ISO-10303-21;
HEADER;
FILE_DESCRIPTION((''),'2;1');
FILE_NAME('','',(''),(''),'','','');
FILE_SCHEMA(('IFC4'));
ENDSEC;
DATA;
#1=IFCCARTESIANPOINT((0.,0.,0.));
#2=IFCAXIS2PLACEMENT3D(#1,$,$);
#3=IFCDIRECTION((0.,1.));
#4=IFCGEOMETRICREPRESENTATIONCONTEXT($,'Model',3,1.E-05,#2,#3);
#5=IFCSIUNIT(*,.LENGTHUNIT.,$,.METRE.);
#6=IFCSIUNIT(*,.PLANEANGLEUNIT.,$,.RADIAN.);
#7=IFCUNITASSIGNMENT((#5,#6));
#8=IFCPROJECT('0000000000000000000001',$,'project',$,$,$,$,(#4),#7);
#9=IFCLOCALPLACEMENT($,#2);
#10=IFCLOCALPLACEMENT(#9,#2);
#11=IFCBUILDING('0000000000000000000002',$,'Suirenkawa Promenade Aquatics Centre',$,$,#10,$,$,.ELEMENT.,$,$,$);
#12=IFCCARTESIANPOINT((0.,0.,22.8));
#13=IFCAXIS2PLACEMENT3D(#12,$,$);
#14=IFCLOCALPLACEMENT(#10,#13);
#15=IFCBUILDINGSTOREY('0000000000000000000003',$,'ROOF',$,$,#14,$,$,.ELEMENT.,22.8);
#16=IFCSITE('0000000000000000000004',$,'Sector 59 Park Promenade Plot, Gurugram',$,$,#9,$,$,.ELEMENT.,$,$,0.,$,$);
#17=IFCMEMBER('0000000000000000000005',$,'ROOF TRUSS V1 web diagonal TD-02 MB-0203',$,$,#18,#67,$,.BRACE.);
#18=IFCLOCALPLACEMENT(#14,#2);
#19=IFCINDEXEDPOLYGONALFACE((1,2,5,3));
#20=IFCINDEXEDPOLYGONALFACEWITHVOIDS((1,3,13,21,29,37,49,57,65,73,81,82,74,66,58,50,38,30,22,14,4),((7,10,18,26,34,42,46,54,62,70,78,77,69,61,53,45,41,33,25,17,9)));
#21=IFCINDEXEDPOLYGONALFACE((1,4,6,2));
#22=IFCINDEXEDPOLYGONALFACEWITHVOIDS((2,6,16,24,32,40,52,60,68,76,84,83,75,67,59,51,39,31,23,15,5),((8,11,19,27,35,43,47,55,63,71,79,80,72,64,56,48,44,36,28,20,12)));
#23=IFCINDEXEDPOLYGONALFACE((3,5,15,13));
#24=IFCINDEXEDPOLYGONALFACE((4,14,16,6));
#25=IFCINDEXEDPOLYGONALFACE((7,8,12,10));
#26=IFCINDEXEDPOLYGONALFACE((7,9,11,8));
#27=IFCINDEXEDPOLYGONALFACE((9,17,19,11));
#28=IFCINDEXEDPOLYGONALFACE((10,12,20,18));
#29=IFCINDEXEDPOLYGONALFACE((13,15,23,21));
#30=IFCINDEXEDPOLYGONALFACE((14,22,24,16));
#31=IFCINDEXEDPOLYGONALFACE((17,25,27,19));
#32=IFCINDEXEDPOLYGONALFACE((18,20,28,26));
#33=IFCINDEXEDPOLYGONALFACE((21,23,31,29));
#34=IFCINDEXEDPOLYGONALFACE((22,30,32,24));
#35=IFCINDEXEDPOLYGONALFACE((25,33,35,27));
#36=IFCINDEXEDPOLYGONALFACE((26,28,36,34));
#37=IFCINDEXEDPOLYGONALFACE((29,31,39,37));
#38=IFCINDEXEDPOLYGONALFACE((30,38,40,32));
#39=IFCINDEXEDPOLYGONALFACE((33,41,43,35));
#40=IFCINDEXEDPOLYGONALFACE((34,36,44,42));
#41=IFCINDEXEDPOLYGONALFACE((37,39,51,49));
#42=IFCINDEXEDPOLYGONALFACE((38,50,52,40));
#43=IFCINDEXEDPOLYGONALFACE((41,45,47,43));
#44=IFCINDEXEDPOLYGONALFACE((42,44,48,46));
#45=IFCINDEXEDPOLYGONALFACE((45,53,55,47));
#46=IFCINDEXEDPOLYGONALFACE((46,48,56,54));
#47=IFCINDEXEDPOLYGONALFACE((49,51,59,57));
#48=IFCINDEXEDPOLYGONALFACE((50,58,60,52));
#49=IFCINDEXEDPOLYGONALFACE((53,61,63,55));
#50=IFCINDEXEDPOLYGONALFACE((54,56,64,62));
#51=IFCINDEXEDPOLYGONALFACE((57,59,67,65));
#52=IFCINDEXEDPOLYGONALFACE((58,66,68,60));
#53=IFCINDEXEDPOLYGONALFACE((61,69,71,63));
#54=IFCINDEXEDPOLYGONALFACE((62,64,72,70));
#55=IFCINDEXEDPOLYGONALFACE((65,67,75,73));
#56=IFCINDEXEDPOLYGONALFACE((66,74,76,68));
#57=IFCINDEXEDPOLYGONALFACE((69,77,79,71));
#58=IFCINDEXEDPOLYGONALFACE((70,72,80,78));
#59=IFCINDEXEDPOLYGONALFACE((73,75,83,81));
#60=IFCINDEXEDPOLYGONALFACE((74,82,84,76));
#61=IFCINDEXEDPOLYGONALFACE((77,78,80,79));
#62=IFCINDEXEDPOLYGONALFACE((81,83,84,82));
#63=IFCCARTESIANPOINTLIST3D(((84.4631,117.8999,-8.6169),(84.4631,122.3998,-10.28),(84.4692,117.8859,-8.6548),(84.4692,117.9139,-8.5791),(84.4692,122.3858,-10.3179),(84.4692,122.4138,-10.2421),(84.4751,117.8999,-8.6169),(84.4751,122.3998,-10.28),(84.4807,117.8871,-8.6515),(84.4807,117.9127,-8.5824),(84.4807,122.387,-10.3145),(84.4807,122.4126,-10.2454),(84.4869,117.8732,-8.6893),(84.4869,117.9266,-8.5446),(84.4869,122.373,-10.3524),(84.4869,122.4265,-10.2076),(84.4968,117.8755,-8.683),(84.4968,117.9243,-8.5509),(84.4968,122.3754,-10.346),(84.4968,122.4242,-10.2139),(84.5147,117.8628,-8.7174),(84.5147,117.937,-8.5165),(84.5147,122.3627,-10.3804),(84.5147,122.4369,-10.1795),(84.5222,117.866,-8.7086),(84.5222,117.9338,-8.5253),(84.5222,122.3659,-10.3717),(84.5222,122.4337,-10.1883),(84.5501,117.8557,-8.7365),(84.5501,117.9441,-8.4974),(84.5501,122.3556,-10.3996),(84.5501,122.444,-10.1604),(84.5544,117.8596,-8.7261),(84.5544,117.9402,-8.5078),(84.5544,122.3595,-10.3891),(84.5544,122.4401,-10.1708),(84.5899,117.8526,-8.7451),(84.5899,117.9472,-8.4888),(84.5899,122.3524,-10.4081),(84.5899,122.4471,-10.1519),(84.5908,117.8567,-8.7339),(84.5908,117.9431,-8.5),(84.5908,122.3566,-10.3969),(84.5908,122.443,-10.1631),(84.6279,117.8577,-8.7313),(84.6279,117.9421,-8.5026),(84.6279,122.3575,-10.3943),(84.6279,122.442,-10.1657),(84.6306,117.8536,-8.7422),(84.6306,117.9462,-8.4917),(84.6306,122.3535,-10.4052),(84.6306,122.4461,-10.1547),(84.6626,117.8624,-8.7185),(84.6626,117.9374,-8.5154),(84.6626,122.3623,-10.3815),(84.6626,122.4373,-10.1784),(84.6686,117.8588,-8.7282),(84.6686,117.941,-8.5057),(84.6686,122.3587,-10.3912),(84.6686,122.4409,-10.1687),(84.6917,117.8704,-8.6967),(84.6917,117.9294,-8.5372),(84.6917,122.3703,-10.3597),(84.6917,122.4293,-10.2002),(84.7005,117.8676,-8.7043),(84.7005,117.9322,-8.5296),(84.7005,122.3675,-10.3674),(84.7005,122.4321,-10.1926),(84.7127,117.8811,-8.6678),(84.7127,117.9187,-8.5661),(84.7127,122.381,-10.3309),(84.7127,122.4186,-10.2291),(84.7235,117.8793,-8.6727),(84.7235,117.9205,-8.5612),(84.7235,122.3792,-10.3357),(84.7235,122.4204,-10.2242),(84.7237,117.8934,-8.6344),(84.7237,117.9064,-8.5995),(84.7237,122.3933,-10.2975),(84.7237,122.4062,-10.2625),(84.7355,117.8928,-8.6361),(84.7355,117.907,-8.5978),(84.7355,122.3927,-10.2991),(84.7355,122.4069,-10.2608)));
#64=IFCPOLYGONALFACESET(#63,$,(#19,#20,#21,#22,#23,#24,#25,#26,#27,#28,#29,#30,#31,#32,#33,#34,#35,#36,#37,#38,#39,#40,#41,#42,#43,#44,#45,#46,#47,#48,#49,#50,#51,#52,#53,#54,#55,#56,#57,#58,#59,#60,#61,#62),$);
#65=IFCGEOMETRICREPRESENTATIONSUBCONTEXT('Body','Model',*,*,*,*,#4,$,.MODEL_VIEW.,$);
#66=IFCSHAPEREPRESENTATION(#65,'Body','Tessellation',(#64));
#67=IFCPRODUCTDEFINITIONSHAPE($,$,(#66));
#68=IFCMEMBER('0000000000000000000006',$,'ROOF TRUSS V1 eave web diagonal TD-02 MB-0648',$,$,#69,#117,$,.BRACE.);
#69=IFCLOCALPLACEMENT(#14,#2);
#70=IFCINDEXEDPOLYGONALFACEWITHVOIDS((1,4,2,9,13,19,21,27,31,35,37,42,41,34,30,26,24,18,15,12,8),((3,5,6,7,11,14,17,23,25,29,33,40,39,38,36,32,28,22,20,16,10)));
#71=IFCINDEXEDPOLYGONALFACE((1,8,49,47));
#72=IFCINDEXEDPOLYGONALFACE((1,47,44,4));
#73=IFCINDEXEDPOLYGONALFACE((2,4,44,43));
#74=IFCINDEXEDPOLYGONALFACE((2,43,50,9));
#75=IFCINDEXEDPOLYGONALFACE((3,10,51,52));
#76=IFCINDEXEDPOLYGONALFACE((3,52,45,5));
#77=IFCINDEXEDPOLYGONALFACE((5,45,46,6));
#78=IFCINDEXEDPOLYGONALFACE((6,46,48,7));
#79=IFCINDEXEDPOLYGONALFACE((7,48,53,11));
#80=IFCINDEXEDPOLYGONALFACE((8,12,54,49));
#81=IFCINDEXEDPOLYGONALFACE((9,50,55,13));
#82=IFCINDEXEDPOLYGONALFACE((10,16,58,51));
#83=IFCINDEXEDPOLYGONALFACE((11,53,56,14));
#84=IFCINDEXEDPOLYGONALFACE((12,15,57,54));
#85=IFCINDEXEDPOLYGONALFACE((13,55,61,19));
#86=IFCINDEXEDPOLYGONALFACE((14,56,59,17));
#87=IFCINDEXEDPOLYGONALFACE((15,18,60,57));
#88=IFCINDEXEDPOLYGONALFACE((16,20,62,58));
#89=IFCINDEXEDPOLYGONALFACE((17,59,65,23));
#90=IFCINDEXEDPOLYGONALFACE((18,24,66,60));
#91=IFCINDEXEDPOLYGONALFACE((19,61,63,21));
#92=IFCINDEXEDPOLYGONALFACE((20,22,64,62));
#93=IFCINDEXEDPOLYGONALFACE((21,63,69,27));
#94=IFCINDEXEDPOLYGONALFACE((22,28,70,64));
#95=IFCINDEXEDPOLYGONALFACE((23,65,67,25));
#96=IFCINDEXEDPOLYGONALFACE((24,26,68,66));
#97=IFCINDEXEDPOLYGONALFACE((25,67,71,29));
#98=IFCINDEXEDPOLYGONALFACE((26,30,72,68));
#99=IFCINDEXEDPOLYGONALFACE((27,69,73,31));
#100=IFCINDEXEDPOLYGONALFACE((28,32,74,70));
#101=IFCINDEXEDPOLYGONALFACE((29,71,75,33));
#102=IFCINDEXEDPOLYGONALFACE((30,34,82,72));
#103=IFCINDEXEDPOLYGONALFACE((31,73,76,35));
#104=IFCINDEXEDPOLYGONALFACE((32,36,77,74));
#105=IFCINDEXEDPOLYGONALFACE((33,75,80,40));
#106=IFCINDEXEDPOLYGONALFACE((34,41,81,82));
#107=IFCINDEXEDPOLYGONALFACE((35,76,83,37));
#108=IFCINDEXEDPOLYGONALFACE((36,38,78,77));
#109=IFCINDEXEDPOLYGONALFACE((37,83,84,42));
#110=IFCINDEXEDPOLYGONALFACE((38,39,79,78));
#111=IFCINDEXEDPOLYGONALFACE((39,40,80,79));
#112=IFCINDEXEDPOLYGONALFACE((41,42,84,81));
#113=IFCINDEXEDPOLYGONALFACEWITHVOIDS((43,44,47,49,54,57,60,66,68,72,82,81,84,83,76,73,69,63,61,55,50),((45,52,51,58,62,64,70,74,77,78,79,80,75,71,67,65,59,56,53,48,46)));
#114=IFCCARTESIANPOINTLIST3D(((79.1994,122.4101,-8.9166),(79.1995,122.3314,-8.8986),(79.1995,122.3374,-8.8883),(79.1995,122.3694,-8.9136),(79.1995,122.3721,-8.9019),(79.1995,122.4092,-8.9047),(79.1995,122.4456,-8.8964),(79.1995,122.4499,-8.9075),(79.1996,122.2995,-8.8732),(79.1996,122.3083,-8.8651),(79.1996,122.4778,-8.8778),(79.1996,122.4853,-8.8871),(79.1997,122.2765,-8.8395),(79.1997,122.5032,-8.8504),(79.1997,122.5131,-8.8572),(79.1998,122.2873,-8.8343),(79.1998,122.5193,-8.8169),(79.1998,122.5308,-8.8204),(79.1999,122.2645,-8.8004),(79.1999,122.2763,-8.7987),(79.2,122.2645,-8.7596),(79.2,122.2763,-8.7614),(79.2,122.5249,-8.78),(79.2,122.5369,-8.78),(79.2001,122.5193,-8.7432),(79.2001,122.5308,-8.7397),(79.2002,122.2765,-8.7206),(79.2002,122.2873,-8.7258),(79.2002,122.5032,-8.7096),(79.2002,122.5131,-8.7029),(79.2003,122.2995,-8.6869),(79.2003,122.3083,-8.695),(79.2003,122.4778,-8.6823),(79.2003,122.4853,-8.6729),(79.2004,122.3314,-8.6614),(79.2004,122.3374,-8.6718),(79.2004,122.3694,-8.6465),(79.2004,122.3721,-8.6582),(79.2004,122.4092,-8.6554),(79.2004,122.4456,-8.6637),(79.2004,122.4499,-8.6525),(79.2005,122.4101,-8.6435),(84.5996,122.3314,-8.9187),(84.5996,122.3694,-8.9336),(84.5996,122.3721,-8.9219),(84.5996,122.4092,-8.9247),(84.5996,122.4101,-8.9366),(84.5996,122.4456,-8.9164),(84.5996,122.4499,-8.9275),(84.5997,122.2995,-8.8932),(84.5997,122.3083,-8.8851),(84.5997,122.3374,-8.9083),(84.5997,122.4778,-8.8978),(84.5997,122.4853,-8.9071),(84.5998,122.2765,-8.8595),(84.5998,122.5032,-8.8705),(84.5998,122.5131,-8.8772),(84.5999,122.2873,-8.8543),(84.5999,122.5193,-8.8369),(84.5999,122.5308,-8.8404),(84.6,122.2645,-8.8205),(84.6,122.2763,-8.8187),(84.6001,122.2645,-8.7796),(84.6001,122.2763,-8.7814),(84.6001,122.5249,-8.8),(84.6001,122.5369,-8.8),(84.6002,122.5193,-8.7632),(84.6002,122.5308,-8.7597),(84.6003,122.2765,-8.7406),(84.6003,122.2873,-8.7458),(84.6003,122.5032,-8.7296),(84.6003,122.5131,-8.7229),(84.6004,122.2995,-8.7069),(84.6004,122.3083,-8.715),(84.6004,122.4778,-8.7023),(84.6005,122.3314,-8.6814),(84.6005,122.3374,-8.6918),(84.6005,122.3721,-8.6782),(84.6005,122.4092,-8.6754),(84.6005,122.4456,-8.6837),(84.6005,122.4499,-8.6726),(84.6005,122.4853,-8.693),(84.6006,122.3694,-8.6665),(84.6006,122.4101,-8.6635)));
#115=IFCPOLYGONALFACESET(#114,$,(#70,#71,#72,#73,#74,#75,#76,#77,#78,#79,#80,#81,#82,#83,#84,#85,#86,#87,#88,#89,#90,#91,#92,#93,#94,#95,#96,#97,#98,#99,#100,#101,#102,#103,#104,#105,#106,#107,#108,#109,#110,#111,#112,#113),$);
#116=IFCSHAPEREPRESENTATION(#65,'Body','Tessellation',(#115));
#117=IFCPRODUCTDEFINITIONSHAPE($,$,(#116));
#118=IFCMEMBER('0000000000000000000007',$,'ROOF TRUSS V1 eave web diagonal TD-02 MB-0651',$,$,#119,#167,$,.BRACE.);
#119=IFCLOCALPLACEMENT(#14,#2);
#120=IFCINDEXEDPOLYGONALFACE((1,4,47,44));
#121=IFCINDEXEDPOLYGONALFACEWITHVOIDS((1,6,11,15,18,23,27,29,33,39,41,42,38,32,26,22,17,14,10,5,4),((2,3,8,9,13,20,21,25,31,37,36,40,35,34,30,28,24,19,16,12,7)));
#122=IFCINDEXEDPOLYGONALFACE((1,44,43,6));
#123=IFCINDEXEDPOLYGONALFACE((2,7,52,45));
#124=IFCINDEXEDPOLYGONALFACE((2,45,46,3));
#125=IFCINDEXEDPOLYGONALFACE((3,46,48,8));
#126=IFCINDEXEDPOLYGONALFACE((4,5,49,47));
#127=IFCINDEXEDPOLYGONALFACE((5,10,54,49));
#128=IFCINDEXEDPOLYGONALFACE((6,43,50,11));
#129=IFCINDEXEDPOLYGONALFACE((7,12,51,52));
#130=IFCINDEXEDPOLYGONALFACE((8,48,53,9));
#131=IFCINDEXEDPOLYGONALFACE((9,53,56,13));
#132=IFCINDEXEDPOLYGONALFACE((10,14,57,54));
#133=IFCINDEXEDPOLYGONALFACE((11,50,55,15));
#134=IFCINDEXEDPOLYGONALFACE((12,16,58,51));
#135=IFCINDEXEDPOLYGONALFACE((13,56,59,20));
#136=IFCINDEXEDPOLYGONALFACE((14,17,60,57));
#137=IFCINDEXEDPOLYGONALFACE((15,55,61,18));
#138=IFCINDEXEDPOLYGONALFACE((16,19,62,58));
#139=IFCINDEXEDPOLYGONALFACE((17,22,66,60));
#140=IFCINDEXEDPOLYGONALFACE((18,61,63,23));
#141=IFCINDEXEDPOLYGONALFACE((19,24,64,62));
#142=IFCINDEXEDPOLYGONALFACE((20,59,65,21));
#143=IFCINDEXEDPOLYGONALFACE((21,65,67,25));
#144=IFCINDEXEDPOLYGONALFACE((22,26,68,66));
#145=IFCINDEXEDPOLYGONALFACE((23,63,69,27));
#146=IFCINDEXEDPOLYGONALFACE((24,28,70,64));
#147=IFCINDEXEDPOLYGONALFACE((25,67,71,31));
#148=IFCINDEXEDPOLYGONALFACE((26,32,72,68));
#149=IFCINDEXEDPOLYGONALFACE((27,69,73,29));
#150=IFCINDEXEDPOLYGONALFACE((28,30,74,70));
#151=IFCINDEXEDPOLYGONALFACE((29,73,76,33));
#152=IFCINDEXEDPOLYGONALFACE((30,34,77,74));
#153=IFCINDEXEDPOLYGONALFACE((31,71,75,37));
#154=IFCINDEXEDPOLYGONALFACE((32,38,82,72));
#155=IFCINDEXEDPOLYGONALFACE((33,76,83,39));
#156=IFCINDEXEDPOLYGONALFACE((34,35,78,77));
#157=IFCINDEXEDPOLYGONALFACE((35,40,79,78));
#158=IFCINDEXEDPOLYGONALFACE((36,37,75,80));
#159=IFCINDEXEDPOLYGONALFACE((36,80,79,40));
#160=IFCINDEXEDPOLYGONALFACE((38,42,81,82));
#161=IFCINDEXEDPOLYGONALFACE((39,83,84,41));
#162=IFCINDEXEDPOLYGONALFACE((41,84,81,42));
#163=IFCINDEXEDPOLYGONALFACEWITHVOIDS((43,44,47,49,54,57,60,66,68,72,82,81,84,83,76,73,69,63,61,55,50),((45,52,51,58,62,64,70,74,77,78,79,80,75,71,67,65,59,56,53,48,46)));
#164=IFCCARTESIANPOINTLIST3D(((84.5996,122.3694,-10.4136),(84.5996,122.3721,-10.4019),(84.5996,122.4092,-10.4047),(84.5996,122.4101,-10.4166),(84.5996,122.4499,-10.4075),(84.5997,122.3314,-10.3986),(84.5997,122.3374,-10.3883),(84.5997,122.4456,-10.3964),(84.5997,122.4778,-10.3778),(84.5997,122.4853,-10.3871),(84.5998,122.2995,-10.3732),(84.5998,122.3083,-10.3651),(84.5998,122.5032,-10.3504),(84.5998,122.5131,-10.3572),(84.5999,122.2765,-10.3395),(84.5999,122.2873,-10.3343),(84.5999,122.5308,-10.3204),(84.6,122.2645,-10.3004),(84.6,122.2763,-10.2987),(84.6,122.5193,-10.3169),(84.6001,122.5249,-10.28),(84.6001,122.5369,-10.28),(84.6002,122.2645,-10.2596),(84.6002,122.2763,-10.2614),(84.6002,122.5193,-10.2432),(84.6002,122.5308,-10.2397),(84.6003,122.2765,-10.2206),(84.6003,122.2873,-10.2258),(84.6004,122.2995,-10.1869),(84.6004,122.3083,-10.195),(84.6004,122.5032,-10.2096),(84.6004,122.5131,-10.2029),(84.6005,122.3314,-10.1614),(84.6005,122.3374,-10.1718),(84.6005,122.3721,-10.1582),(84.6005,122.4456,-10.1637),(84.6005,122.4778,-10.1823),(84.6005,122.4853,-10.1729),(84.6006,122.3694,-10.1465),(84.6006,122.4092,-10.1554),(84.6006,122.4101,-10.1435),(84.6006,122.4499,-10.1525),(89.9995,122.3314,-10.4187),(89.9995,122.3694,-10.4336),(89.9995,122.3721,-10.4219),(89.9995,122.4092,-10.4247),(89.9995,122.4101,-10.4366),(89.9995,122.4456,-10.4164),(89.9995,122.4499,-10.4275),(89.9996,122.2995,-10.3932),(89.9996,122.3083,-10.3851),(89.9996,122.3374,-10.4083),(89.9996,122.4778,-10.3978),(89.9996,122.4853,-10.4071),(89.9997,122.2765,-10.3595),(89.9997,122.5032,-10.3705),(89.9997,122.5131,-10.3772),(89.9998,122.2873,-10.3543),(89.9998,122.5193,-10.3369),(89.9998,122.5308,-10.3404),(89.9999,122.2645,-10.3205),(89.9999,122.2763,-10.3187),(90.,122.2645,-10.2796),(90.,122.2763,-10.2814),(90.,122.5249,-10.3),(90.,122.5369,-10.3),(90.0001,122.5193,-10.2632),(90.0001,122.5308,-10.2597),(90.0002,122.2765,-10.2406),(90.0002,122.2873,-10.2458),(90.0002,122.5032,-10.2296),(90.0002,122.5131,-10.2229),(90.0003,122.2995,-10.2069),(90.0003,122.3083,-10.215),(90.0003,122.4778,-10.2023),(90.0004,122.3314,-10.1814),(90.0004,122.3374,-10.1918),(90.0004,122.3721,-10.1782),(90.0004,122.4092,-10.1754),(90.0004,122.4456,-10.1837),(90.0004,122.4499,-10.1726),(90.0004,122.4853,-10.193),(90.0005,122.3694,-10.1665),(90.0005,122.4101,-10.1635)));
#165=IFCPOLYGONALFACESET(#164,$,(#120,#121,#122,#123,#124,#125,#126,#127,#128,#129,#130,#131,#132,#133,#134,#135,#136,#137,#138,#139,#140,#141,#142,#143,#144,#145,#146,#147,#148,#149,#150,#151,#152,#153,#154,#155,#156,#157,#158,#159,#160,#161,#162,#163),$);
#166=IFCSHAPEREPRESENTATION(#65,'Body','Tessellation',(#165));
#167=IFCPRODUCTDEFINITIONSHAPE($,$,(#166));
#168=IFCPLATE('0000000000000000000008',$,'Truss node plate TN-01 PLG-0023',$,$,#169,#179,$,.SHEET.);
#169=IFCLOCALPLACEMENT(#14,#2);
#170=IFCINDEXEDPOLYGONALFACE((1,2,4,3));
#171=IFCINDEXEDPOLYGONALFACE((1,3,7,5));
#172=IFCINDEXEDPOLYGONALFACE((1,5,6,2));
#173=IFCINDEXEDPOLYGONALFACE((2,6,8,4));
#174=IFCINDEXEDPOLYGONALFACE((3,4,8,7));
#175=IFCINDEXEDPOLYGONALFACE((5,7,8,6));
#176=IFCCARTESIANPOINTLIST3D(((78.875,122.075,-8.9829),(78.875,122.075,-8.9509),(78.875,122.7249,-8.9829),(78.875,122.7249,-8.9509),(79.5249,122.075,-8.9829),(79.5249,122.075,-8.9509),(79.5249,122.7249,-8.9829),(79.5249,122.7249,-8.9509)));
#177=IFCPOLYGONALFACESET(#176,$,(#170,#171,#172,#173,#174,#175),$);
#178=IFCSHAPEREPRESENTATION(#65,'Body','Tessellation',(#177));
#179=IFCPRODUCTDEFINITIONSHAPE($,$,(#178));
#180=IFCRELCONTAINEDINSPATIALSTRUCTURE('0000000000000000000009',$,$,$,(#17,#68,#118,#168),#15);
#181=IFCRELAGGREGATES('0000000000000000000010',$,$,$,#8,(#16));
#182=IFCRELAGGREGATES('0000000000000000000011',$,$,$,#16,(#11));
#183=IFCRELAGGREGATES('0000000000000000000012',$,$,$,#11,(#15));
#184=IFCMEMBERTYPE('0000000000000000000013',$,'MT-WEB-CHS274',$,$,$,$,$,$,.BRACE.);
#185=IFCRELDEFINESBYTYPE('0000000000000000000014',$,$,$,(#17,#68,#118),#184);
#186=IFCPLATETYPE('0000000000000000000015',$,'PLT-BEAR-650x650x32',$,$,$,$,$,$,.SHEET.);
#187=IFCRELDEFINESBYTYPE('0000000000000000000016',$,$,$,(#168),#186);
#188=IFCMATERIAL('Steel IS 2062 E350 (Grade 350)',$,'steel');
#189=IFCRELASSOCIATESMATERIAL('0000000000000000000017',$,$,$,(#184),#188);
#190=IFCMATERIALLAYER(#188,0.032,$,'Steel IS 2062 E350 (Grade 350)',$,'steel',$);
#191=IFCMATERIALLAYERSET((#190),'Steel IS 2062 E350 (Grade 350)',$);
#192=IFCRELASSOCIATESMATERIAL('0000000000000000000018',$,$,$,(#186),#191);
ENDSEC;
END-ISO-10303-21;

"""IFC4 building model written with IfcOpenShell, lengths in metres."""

from ifc_helpers import new_model, si_unit, direction, frame, origin, origin_2d, place, context, subcontext, project, spatial, rectangle, hollow_circle, extrude, material, layer, layer_set, material_profile, profile_set, type_object, element, save


model = new_model("IFC4")

# Units and contexts
model_context = context("Model", 3, precision=1e-05, world=origin(), true_north=direction((0.0, 1.0)))
body_context = subcontext(model_context, "Body", "Model", "MODEL_VIEW")
ifc_project = project(units=[si_unit("LENGTHUNIT", "METRE"), si_unit("PLANEANGLEUNIT", "RADIAN")], contexts=[model_context])

# Site, building, storey
site_placement = place(None, origin())
site = spatial("IfcSite", under=ifc_project, at=site_placement, Name="Sector 59 Park Promenade Plot, Gurugram", CompositionType="ELEMENT", RefElevation=0.0)
building_placement = place(site_placement, origin())
building = spatial("IfcBuilding", under=site, at=building_placement, Name="Suirenkawa Promenade Aquatics Centre", CompositionType="ELEMENT")
storey_placement = place(building_placement, frame((0.0, 0.0, 22.8)))
storey = spatial("IfcBuildingStorey", under=building, at=storey_placement, Name="ROOF", CompositionType="ELEMENT", Elevation=22.8)

# Shared definitions
ifc_material = material(Name="Steel IS 2062 E350 (Grade 350)", Category="steel")

# Members
ifc_material_profile_1 = material_profile(ifc_material, hollow_circle(Radius=0.137, WallThickness=0.012, at=origin_2d()), Name="CHS 274x12", Category="steel")
ifc_profile_set_1 = profile_set([ifc_material_profile_1], Name="Steel IS 2062 E350 (Grade 350)")
member_type_1 = type_object("IfcMemberType", Name="MT-WEB-CHS274", PredefinedType="BRACE", material=ifc_profile_set_1)
member_1_placement = place(storey_placement, frame((84.6001, 117.8999, -8.6169), z_axis=(0.0, 0.937992, -0.346658), x_axis=(-1.0, 0.0, 0.0)))
element("IfcMember", 1, at=member_1_placement, inside=storey, type_object=member_type_1, Name="ROOF TRUSS V1 web diagonal TD-02 MB-0203", PredefinedType="BRACE", context=body_context, shape_type="SweptSolid", body=[
    extrude(hollow_circle(Radius=0.137, WallThickness=0.012, at=origin_2d()), origin(), (0.0, 0.0, 1.0), 4.7974),
])
member_2_placement = place(storey_placement, frame((79.2, 122.3999, -8.78), z_axis=(0.999993, 0.0, -0.003707), x_axis=(0.0, 1.0, 0.0)))
element("IfcMember", 2, at=member_2_placement, inside=storey, type_object=member_type_1, Name="ROOF TRUSS V1 eave web diagonal TD-02 MB-0648", PredefinedType="BRACE", context=body_context, shape_type="SweptSolid", body=[
    extrude(hollow_circle(Radius=0.137, WallThickness=0.012, at=origin_2d()), origin(), (0.0, 0.0, 1.0), 5.4001),
])
member_3_placement = place(storey_placement, frame((84.6001, 122.3999, -10.28), z_axis=(0.999993, 0.0, -0.003707), x_axis=(0.0, 1.0, 0.0)))
element("IfcMember", 3, at=member_3_placement, inside=storey, type_object=member_type_1, Name="ROOF TRUSS V1 eave web diagonal TD-02 MB-0651", PredefinedType="BRACE", context=body_context, shape_type="SweptSolid", body=[
    extrude(hollow_circle(Radius=0.137, WallThickness=0.012, at=origin_2d()), origin(), (0.0, 0.0, 1.0), 5.3999),
])

# Plate
ifc_layer = layer(ifc_material, 0.032, Name="Steel IS 2062 E350 (Grade 350)", Category="steel")
ifc_layer_set = layer_set([ifc_layer], Name="Steel IS 2062 E350 (Grade 350)")
plate_type = type_object("IfcPlateType", Name="PLT-BEAR-650x650x32", PredefinedType="SHEET", material=ifc_layer_set)
plate_placement = place(storey_placement, frame((79.2, 122.3999, -8.9829), z_axis=(0.0, 0.0, 1.0), x_axis=(1.0, 0.0, 0.0)))
element("IfcPlate", 4, at=plate_placement, inside=storey, type_object=plate_type, Name="Truss node plate TN-01 PLG-0023", PredefinedType="SHEET", context=body_context, shape_type="SweptSolid", body=[
    extrude(rectangle(XDim=0.6499, YDim=0.6499, at=origin_2d()), origin(), (0.0, 0.0, 1.0), 0.032),
])

save(model, "model.ifc")
